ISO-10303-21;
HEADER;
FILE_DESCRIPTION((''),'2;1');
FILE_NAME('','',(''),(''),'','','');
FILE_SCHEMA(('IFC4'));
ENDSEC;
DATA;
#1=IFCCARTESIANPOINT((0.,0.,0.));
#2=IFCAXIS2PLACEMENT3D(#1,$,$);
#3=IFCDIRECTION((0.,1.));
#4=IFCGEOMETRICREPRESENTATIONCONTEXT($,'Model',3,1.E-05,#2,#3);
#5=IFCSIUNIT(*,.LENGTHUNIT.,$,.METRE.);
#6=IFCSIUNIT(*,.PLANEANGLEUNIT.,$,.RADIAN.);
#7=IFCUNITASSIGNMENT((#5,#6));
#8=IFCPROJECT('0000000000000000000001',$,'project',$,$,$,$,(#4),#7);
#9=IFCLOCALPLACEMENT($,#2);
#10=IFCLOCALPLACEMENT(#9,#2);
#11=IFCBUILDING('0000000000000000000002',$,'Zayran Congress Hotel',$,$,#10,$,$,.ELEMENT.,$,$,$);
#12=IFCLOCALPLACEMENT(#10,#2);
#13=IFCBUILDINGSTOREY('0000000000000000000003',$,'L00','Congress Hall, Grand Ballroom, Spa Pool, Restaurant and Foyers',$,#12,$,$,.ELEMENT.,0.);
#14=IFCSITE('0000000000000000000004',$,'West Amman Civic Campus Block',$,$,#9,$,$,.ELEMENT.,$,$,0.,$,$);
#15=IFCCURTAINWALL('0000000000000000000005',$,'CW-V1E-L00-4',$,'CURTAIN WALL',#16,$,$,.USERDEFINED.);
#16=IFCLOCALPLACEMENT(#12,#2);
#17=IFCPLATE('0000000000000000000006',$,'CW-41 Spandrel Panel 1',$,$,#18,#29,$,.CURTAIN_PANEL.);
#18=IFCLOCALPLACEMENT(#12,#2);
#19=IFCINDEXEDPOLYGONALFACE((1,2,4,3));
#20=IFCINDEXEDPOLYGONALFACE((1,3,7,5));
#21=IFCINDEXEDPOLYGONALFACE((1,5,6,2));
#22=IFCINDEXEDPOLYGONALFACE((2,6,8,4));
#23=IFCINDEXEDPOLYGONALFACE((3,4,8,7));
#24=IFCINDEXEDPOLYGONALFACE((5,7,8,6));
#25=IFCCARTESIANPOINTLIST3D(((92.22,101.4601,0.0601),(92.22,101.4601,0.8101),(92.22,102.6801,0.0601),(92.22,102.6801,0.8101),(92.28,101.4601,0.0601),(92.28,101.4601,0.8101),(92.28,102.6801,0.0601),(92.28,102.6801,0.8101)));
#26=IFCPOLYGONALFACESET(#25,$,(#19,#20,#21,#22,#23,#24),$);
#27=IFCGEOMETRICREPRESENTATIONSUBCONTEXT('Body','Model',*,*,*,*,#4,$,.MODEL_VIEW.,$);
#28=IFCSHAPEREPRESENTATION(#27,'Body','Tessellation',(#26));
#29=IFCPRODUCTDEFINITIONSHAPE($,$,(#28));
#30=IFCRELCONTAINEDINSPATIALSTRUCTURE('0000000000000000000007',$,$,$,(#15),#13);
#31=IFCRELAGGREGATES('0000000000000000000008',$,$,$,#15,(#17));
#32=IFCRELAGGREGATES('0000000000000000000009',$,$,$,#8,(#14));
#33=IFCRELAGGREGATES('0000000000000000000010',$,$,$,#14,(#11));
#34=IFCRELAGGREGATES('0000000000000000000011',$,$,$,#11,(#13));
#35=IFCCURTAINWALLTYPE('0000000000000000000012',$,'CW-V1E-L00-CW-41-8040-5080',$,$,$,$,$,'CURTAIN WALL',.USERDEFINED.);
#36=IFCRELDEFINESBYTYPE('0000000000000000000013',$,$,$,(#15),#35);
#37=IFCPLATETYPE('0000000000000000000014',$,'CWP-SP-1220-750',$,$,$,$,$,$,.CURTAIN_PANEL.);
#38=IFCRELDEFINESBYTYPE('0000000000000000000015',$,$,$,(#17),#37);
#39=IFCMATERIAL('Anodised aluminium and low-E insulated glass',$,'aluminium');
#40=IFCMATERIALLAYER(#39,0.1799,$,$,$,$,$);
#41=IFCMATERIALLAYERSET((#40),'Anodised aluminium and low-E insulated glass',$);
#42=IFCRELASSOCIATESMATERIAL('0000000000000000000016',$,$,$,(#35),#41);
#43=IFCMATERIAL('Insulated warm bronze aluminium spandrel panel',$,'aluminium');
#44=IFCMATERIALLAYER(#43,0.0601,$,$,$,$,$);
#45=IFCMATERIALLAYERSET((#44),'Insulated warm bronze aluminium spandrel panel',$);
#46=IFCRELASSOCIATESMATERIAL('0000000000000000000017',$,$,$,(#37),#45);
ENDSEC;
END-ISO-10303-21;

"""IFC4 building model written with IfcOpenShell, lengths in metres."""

from ifc_helpers import new_model, si_unit, direction, frame, origin, origin_2d, place, context, subcontext, project, spatial, rectangle, extrude, material, layer, layer_set, type_object, element, aggregate, save


model = new_model("IFC4")

# Units and contexts
model_context = context("Model", 3, precision=1e-05, world=origin(), true_north=direction((0.0, 1.0)))
body_context = subcontext(model_context, "Body", "Model", "MODEL_VIEW")
ifc_project = project(units=[si_unit("LENGTHUNIT", "METRE"), si_unit("PLANEANGLEUNIT", "RADIAN")], contexts=[model_context])

# Site, building, storey
site_placement = place(None, origin())
site = spatial("IfcSite", under=ifc_project, at=site_placement, Name="West Amman Civic Campus Block", CompositionType="ELEMENT", RefElevation=0.0)
building_placement = place(site_placement, origin())
building = spatial("IfcBuilding", under=site, at=building_placement, Name="Zayran Congress Hotel", CompositionType="ELEMENT")
storey_placement = place(building_placement, origin())
storey = spatial("IfcBuildingStorey", under=building, at=storey_placement, Name="L00", Description="Congress Hall, Grand Ballroom, Spa Pool, Restaurant and Foyers", CompositionType="ELEMENT", Elevation=0.0)

# Curtain wall
ifc_material_1 = material(Name="Anodised aluminium and low-E insulated glass", Category="aluminium")
ifc_layer_1 = layer(ifc_material_1, 0.1799)
ifc_layer_set_1 = layer_set([ifc_layer_1], Name="Anodised aluminium and low-E insulated glass")
curtain_wall_type_1 = type_object("IfcCurtainWallType", Name="CW-V1E-L00-CW-41-8040-5080", ElementType="CURTAIN WALL", PredefinedType="USERDEFINED", material=ifc_layer_set_1)
curtain_wall_1_placement = place(storey_placement, origin())
curtain_wall_1 = element("IfcCurtainWall", 1, at=curtain_wall_1_placement, inside=storey, type_object=curtain_wall_type_1, Name="CW-V1E-L00-4", ObjectType="CURTAIN WALL", PredefinedType="USERDEFINED")

# Plate
ifc_material_2 = material(Name="Insulated warm bronze aluminium spandrel panel", Category="aluminium")
ifc_layer_2 = layer(ifc_material_2, 0.0601)
ifc_layer_set_2 = layer_set([ifc_layer_2], Name="Insulated warm bronze aluminium spandrel panel")
plate_type_1 = type_object("IfcPlateType", Name="CWP-SP-1220-750", PredefinedType="CURTAIN_PANEL", material=ifc_layer_set_2)
plate_1_placement = place(storey_placement, frame((92.25, 102.0701, 0.0601), z_axis=(0.0, 0.0, 1.0), x_axis=(0.0, 1.0, 0.0)))
plate_1 = element("IfcPlate", 2, at=plate_1_placement, type_object=plate_type_1, Name="CW-41 Spandrel Panel 1", PredefinedType="CURTAIN_PANEL", context=body_context, shape_type="SweptSolid", body=[
    extrude(rectangle(XDim=1.22, YDim=0.0601, at=origin_2d()), origin(), (0.0, 0.0, 1.0), 0.75),
])
aggregate(curtain_wall_1, [plate_1])

save(model, "model.ifc")
